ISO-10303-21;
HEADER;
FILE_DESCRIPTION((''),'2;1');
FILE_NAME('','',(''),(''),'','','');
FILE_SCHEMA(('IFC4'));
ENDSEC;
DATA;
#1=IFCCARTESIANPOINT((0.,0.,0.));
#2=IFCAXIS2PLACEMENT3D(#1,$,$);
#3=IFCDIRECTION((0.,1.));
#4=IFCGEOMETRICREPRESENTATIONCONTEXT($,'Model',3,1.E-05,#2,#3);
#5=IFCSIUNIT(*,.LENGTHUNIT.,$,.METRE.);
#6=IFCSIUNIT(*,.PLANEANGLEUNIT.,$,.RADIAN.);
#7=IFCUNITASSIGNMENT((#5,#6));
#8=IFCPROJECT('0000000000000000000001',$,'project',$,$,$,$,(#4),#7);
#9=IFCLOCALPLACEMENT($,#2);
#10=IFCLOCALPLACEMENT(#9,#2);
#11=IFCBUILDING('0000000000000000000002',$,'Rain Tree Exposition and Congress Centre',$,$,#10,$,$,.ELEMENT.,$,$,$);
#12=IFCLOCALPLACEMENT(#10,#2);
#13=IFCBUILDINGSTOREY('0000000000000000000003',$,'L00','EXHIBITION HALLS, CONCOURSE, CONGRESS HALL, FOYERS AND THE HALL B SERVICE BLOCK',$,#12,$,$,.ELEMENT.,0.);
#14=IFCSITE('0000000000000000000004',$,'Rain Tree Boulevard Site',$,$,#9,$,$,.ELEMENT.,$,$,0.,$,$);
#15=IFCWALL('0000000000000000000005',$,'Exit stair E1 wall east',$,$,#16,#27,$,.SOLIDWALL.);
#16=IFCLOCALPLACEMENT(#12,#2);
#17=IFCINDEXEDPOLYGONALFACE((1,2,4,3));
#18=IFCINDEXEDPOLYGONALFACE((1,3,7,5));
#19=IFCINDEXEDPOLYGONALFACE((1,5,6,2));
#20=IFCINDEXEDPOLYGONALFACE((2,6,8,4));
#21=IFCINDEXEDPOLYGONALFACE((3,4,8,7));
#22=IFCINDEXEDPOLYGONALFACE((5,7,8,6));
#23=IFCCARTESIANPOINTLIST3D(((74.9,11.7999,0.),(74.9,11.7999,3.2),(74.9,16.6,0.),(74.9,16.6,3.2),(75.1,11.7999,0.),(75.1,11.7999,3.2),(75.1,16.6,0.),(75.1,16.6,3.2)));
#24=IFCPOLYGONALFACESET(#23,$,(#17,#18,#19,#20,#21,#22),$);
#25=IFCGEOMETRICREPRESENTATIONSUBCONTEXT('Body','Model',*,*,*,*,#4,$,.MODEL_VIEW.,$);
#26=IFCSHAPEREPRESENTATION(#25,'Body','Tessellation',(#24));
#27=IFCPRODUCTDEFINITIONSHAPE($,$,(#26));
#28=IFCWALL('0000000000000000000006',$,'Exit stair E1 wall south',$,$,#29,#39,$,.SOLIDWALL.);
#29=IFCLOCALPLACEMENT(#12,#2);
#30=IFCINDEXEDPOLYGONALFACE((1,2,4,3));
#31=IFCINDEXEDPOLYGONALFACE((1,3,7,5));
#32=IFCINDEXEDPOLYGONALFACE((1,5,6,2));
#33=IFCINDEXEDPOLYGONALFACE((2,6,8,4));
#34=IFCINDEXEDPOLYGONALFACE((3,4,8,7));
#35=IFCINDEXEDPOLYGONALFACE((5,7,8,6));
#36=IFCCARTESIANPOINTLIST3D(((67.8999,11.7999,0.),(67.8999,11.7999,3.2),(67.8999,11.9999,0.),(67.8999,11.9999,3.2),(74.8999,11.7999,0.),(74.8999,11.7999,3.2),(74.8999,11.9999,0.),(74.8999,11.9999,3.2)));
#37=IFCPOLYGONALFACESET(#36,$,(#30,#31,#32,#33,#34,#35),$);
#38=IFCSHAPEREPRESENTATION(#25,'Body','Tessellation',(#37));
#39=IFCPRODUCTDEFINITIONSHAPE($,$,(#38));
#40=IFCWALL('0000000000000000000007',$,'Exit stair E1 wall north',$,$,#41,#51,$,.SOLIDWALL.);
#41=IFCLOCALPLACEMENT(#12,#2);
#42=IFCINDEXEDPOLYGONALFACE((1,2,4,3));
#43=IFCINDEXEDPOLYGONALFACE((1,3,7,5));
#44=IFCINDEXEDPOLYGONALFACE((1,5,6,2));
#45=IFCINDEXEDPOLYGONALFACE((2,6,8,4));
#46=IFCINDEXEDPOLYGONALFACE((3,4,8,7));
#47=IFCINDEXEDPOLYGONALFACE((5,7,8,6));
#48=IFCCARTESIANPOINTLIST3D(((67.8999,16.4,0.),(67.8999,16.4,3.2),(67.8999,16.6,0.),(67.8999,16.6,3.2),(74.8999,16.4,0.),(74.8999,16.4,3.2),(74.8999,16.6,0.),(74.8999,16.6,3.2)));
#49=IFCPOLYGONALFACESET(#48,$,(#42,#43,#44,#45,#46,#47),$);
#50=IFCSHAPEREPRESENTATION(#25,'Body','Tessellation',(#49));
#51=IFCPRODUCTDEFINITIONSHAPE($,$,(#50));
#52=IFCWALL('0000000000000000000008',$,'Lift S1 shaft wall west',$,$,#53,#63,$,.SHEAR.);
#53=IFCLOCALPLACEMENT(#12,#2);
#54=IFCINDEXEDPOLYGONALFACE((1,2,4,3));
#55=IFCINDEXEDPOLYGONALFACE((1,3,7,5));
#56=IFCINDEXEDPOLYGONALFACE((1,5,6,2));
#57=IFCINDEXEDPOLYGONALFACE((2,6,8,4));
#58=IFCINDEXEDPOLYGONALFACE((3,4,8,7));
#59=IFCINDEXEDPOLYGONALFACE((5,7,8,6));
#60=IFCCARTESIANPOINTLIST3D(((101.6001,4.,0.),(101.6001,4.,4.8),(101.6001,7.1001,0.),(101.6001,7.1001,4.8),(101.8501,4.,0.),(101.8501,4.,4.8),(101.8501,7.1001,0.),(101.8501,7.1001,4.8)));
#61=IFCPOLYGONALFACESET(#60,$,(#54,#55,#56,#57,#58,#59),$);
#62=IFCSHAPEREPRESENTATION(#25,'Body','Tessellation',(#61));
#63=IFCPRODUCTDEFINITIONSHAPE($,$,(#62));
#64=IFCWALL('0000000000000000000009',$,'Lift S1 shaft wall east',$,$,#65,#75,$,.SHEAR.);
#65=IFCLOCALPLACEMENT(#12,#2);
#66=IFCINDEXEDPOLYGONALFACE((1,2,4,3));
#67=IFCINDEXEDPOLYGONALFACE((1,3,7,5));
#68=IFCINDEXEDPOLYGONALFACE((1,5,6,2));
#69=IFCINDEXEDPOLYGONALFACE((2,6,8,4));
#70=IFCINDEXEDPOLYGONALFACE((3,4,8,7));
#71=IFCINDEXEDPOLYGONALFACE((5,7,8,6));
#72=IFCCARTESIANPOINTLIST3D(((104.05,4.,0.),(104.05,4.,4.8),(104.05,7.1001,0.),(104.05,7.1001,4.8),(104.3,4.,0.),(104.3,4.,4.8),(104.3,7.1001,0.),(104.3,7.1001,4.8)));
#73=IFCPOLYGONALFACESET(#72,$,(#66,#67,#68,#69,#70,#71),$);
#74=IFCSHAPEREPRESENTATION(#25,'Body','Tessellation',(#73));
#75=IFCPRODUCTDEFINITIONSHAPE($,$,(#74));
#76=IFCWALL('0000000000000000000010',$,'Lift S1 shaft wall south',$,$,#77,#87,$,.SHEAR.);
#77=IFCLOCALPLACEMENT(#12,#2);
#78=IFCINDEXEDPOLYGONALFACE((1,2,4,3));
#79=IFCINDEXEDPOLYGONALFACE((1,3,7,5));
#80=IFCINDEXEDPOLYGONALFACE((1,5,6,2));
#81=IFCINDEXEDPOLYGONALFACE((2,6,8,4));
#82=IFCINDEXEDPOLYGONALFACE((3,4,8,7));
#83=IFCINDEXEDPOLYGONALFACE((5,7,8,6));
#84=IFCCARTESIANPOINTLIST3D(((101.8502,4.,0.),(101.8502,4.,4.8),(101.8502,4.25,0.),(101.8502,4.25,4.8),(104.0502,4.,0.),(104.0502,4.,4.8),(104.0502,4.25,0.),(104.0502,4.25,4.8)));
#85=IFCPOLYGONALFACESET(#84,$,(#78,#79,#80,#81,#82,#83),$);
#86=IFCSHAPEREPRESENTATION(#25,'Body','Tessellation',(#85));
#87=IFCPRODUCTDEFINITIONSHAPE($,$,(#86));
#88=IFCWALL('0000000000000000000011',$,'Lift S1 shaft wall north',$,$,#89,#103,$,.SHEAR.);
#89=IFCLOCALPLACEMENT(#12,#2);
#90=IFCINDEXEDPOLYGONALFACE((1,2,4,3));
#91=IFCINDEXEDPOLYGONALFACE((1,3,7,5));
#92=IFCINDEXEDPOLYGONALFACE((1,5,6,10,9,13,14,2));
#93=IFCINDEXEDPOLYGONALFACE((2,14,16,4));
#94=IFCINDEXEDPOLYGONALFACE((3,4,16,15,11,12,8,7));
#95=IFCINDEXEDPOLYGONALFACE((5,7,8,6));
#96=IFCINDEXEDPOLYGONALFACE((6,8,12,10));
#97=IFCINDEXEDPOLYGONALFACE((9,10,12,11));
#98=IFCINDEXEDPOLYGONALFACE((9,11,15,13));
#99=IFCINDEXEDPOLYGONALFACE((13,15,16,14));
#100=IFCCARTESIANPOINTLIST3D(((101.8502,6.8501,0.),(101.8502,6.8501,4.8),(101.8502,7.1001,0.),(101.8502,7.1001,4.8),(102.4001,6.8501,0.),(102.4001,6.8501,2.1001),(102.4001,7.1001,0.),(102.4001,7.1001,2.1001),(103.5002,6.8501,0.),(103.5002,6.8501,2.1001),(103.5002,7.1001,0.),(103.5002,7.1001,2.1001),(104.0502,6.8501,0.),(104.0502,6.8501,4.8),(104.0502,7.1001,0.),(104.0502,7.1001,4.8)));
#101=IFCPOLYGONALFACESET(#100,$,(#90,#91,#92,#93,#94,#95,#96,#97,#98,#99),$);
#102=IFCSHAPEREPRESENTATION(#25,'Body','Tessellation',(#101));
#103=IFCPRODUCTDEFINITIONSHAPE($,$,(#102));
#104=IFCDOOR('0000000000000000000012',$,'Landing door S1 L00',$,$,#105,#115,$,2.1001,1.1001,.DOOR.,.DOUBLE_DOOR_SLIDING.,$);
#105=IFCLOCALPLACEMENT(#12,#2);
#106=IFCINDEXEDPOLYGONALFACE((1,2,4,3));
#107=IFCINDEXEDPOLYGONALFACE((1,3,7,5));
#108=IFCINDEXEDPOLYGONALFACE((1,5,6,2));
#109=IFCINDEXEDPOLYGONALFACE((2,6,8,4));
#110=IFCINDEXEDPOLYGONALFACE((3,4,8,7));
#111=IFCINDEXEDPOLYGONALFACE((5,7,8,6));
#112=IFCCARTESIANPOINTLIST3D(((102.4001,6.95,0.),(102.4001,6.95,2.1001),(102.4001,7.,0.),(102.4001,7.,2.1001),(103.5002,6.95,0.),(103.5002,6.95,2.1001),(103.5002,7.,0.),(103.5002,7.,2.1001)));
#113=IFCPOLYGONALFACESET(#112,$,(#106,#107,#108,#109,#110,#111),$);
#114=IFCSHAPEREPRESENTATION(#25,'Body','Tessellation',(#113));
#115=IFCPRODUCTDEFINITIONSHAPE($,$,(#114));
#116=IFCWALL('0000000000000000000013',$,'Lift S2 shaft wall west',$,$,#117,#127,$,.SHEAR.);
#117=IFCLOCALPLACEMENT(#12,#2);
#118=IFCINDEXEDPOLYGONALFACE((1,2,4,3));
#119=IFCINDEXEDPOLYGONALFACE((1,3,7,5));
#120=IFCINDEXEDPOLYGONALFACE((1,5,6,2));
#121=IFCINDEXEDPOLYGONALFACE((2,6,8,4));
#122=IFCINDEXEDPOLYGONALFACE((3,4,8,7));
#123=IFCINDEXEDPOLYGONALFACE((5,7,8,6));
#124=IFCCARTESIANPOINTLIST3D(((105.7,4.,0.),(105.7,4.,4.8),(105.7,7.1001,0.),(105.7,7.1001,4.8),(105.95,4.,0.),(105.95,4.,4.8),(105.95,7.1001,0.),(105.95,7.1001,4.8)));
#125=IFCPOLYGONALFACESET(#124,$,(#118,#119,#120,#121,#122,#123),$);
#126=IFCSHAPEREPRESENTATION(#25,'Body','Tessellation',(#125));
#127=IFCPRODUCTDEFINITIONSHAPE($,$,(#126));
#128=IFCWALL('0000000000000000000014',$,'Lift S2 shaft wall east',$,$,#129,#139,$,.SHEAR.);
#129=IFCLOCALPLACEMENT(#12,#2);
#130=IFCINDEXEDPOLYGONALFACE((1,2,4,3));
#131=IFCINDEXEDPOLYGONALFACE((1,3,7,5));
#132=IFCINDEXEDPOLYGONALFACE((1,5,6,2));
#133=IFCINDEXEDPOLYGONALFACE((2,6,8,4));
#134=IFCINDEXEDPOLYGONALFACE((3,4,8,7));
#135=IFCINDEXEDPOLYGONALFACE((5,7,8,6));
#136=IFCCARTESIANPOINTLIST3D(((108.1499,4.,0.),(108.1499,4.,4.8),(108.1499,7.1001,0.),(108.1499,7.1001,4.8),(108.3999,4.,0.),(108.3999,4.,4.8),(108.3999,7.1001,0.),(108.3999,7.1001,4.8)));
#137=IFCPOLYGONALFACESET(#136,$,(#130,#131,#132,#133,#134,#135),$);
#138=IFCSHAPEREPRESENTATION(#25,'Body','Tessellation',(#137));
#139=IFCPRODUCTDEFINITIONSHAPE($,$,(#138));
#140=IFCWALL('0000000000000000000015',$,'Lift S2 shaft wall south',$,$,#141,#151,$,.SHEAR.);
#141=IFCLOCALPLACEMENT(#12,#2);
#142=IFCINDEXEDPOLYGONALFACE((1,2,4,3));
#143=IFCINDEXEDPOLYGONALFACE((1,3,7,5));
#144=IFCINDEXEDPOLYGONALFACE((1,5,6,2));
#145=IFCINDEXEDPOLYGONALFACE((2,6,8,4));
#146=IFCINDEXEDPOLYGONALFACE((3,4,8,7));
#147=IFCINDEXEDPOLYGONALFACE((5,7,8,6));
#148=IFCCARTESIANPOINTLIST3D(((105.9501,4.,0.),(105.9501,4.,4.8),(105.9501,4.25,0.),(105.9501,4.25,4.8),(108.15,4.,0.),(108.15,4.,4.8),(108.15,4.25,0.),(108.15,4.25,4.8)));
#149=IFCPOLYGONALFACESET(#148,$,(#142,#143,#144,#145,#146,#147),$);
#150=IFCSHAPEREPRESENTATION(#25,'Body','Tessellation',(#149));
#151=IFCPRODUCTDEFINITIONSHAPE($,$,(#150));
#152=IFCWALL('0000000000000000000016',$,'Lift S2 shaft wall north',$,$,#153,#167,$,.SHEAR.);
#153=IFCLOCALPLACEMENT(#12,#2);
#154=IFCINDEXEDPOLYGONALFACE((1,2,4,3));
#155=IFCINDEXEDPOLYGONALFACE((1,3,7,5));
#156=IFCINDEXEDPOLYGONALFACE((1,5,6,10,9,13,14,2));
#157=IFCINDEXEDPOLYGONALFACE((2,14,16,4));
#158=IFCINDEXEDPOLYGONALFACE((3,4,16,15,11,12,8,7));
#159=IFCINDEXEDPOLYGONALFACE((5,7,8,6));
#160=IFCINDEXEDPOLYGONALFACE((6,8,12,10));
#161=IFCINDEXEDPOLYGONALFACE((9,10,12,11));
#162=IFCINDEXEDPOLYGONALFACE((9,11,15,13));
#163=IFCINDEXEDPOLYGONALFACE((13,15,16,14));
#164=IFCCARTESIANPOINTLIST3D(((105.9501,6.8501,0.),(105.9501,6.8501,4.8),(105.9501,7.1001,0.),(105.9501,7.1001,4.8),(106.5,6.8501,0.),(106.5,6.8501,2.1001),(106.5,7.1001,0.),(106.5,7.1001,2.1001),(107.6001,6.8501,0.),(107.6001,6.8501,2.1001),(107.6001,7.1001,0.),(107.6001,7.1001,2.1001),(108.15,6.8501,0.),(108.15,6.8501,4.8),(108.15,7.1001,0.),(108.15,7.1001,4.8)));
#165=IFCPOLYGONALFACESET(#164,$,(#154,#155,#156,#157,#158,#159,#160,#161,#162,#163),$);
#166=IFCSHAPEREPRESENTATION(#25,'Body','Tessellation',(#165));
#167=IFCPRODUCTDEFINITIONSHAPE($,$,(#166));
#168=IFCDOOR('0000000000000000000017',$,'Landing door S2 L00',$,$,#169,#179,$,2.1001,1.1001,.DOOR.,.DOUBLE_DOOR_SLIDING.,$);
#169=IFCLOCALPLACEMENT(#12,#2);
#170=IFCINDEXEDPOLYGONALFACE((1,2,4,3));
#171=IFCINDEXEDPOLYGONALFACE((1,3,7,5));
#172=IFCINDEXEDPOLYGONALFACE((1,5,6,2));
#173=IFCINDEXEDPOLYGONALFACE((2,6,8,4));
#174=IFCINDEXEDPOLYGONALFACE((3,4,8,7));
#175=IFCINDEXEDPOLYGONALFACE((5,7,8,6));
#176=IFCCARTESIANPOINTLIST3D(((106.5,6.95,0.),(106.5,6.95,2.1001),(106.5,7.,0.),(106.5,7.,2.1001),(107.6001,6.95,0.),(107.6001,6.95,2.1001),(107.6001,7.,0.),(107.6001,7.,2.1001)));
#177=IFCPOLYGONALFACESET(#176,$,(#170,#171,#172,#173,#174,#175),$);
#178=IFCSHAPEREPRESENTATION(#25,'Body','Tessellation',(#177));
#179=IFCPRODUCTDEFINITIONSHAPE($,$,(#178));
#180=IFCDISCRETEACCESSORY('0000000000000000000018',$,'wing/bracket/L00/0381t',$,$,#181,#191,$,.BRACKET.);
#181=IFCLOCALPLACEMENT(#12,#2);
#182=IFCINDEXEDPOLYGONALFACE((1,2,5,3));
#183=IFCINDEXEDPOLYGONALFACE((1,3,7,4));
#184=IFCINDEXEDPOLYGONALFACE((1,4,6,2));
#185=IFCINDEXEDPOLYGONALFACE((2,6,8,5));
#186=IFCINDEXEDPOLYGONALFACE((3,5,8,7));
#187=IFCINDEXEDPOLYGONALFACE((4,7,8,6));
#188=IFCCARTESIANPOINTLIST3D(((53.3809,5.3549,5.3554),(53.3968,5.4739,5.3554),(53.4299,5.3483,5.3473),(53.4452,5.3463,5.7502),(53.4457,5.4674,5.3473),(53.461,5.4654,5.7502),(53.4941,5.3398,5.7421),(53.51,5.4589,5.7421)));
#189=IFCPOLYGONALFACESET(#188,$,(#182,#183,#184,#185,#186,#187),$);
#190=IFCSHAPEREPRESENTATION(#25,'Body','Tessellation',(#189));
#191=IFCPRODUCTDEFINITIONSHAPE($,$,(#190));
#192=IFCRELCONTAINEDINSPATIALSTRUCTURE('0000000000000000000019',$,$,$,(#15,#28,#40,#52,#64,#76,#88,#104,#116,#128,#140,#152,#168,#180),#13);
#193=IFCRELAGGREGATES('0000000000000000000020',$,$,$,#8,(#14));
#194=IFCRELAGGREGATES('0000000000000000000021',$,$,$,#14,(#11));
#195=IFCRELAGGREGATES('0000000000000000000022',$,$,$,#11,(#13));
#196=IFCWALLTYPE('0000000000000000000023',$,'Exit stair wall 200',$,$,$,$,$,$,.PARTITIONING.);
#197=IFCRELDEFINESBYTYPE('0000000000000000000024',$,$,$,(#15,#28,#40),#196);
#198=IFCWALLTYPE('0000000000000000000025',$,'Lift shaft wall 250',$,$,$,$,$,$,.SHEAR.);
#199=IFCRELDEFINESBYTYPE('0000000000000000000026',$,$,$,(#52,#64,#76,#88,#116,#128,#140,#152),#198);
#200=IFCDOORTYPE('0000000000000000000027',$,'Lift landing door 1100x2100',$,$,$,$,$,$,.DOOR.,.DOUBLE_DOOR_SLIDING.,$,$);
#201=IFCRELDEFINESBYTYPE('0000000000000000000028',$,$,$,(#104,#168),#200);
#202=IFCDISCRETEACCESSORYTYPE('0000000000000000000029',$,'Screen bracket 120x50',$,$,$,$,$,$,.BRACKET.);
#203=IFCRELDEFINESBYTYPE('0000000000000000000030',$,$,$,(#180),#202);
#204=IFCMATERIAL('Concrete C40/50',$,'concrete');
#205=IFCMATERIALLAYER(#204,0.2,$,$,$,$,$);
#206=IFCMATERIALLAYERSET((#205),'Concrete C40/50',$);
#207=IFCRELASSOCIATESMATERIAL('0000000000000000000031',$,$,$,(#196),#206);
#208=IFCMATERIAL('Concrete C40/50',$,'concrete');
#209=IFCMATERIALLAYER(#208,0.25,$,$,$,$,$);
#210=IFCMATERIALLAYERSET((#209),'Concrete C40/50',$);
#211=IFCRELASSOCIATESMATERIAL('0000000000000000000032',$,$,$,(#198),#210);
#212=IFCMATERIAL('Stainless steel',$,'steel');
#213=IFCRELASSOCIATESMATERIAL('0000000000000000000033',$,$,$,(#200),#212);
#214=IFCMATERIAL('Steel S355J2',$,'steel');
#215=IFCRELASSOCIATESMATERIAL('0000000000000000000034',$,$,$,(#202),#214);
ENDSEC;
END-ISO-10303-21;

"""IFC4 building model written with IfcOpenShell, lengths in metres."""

from ifc_helpers import new_model, si_unit, direction, frame, frame_2d, origin, origin_2d, place, context, subcontext, project, spatial, rectangle, extrude, material, layer, layer_set, material_profile, profile_set, type_object, element, fill, save


model = new_model("IFC4")

# Units and contexts
model_context = context("Model", 3, precision=1e-05, world=origin(), true_north=direction((0.0, 1.0)))
body_context = subcontext(model_context, "Body", "Model", "MODEL_VIEW")
ifc_project = project(units=[si_unit("LENGTHUNIT", "METRE"), si_unit("PLANEANGLEUNIT", "RADIAN")], contexts=[model_context])

# Site, building, storey
site_placement = place(None, origin())
site = spatial("IfcSite", under=ifc_project, at=site_placement, Name="Rain Tree Boulevard Site", CompositionType="ELEMENT", RefElevation=0.0)
building_placement = place(site_placement, origin())
building = spatial("IfcBuilding", under=site, at=building_placement, Name="Rain Tree Exposition and Congress Centre", CompositionType="ELEMENT")
storey_placement = place(building_placement, origin())
storey = spatial("IfcBuildingStorey", under=building, at=storey_placement, Name="L00", Description="EXHIBITION HALLS, CONCOURSE, CONGRESS HALL, FOYERS AND THE HALL B SERVICE BLOCK", CompositionType="ELEMENT", Elevation=0.0)

# Shared definitions
ifc_material_1 = material(Name="Concrete C40/50", Category="concrete")
ifc_layer_1 = layer(ifc_material_1, 0.2)
ifc_layer_set_1 = layer_set([ifc_layer_1], Name="Concrete C40/50")
wall_type_1 = type_object("IfcWallType", Name="Exit stair wall 200", PredefinedType="PARTITIONING", material=ifc_layer_set_1)

# Walls
wall_1_placement = place(storey_placement, frame((75.0, 11.8, 0.0), z_axis=(0.0, 0.0, 1.0), x_axis=(0.0, 1.0, 0.0)))
element("IfcWall", 1, at=wall_1_placement, inside=storey, type_object=wall_type_1, Name="Exit stair E1 wall east", PredefinedType="SOLIDWALL", context=body_context, shape_type="SweptSolid", body=[
    extrude(rectangle(XDim=4.8, YDim=0.2, at=frame_2d((2.3999, 0.0))), origin(), (0.0, 0.0, 1.0), 3.2),
])
for number, where, z_axis, x_axis, name in (
    (2, (67.8999, 11.8999, 0.0), (0.0, 0.0, 1.0), (1.0, 0.0, 0.0), "Exit stair E1 wall south"),
    (3, (67.8999, 16.5, 0.0), (0.0, 0.0, 1.0), (1.0, 0.0, 0.0), "Exit stair E1 wall north"),
):
    element("IfcWall", number, at=place(storey_placement, frame(where, z_axis=z_axis, x_axis=x_axis)), inside=storey, type_object=wall_type_1, Name=name, PredefinedType="SOLIDWALL", context=body_context, shape_type="SweptSolid", body=[
        extrude(rectangle(XDim=7.0, YDim=0.2, at=frame_2d((3.5, 0.0))), origin(), (0.0, 0.0, 1.0), 3.2),
    ])

# Walls
ifc_material_2 = material(Name="Concrete C40/50", Category="concrete")
ifc_layer_2 = layer(ifc_material_2, 0.25)
ifc_layer_set_2 = layer_set([ifc_layer_2], Name="Concrete C40/50")
wall_type_2 = type_object("IfcWallType", Name="Lift shaft wall 250", PredefinedType="SHEAR", material=ifc_layer_set_2)
for number, where, z_axis, x_axis, name in (
    (4, (101.7251, 4.0, 0.0), (0.0, 0.0, 1.0), (0.0, 1.0, 0.0), "Lift S1 shaft wall west"),
    (5, (104.175, 4.0, 0.0), (0.0, 0.0, 1.0), (0.0, 1.0, 0.0), "Lift S1 shaft wall east"),
):
    element("IfcWall", number, at=place(storey_placement, frame(where, z_axis=z_axis, x_axis=x_axis)), inside=storey, type_object=wall_type_2, Name=name, PredefinedType="SHEAR", context=body_context, shape_type="SweptSolid", body=[
        extrude(rectangle(XDim=3.1001, YDim=0.25, at=frame_2d((1.55, 0.0))), origin(), (0.0, 0.0, 1.0), 4.8),
    ])
wall_2_placement = place(storey_placement, frame((101.8501, 4.125, 0.0), z_axis=(0.0, 0.0, 1.0), x_axis=(1.0, 0.0, 0.0)))
element("IfcWall", 6, at=wall_2_placement, inside=storey, type_object=wall_type_2, Name="Lift S1 shaft wall south", PredefinedType="SHEAR", context=body_context, shape_type="SweptSolid", body=[
    extrude(rectangle(XDim=2.2, YDim=0.25, at=frame_2d((1.1001, 0.0))), origin(), (0.0, 0.0, 1.0), 4.8),
])

# Wall, opening, door
wall_3_placement = place(storey_placement, frame((101.8501, 6.9751, 0.0), z_axis=(0.0, 0.0, 1.0), x_axis=(1.0, 0.0, 0.0)))
wall_3 = element("IfcWall", 7, at=wall_3_placement, inside=storey, type_object=wall_type_2, Name="Lift S1 shaft wall north", PredefinedType="SHEAR", context=body_context, shape_type="SweptSolid", body=[
    extrude(rectangle(XDim=2.2, YDim=0.25, at=frame_2d((1.1001, 0.0))), origin(), (0.0, 0.0, 1.0), 4.8),
])
opening_1_placement = place(wall_3_placement, frame((0.55, 0.0, 0.0)))
opening_1 = element("IfcOpeningElement", 8, at=opening_1_placement, cuts=wall_3, PredefinedType="OPENING", context=body_context, shape_type="SweptSolid", body=[
    extrude(rectangle(XDim=1.1001, YDim=2.1001, at=frame_2d((0.55, 1.05))), frame((0.0, 0.125, 0.0), z_axis=(0.0, -1.0, 0.0), x_axis=(1.0, 0.0, 0.0)), (0.0, 0.0, 1.0), 0.25),
])
ifc_material_3 = material(Name="Stainless steel", Category="steel")
door_type_1 = type_object("IfcDoorType", Name="Lift landing door 1100x2100", OperationType="DOUBLE_DOOR_SLIDING", PredefinedType="DOOR", material=ifc_material_3)
door_1_placement = place(opening_1_placement, origin())
door_1 = element("IfcDoor", 9, at=door_1_placement, inside=storey, type_object=door_type_1, Name="Landing door S1 L00", OperationType="DOUBLE_DOOR_SLIDING", OverallHeight=2.1001, OverallWidth=1.1001, PredefinedType="DOOR", context=body_context, shape_type="SweptSolid", body=[
    extrude(rectangle(XDim=1.1001, YDim=2.1001, at=frame_2d((0.55, 1.05))), frame((0.0, 0.0249, 0.0), z_axis=(0.0, -1.0, 0.0), x_axis=(1.0, 0.0, 0.0)), (0.0, 0.0, 1.0), 0.05),
])
fill(opening_1, door_1)

# Walls
for number, where, z_axis, x_axis, name in (
    (10, (105.825, 4.0, 0.0), (0.0, 0.0, 1.0), (0.0, 1.0, 0.0), "Lift S2 shaft wall west"),
    (11, (108.2749, 4.0, 0.0), (0.0, 0.0, 1.0), (0.0, 1.0, 0.0), "Lift S2 shaft wall east"),
):
    element("IfcWall", number, at=place(storey_placement, frame(where, z_axis=z_axis, x_axis=x_axis)), inside=storey, type_object=wall_type_2, Name=name, PredefinedType="SHEAR", context=body_context, shape_type="SweptSolid", body=[
        extrude(rectangle(XDim=3.1001, YDim=0.25, at=frame_2d((1.55, 0.0))), origin(), (0.0, 0.0, 1.0), 4.8),
    ])
wall_4_placement = place(storey_placement, frame((105.95, 4.125, 0.0), z_axis=(0.0, 0.0, 1.0), x_axis=(1.0, 0.0, 0.0)))
element("IfcWall", 12, at=wall_4_placement, inside=storey, type_object=wall_type_2, Name="Lift S2 shaft wall south", PredefinedType="SHEAR", context=body_context, shape_type="SweptSolid", body=[
    extrude(rectangle(XDim=2.2, YDim=0.25, at=frame_2d((1.1001, 0.0))), origin(), (0.0, 0.0, 1.0), 4.8),
])

# Wall, opening, door
wall_5_placement = place(storey_placement, frame((105.95, 6.9751, 0.0), z_axis=(0.0, 0.0, 1.0), x_axis=(1.0, 0.0, 0.0)))
wall_5 = element("IfcWall", 13, at=wall_5_placement, inside=storey, type_object=wall_type_2, Name="Lift S2 shaft wall north", PredefinedType="SHEAR", context=body_context, shape_type="SweptSolid", body=[
    extrude(rectangle(XDim=2.2, YDim=0.25, at=frame_2d((1.1001, 0.0))), origin(), (0.0, 0.0, 1.0), 4.8),
])
opening_2_placement = place(wall_5_placement, frame((0.55, 0.0, 0.0)))
opening_2 = element("IfcOpeningElement", 14, at=opening_2_placement, cuts=wall_5, PredefinedType="OPENING", context=body_context, shape_type="SweptSolid", body=[
    extrude(rectangle(XDim=1.1001, YDim=2.1001, at=frame_2d((0.55, 1.05))), frame((0.0, 0.125, 0.0), z_axis=(0.0, -1.0, 0.0), x_axis=(1.0, 0.0, 0.0)), (0.0, 0.0, 1.0), 0.25),
])
door_2_placement = place(opening_2_placement, origin())
door_2 = element("IfcDoor", 15, at=door_2_placement, inside=storey, type_object=door_type_1, Name="Landing door S2 L00", OperationType="DOUBLE_DOOR_SLIDING", OverallHeight=2.1001, OverallWidth=1.1001, PredefinedType="DOOR", context=body_context, shape_type="SweptSolid", body=[
    extrude(rectangle(XDim=1.1001, YDim=2.1001, at=frame_2d((0.55, 1.05))), frame((0.0, 0.0249, 0.0), z_axis=(0.0, -1.0, 0.0), x_axis=(1.0, 0.0, 0.0)), (0.0, 0.0, 1.0), 0.05),
])
fill(opening_2, door_2)

# Discrete accessory
ifc_material_4 = material(Name="Steel S355J2", Category="steel")
ifc_material_profile = material_profile(ifc_material_4, rectangle(XDim=0.1201, YDim=0.05, at=origin_2d()), Name="Flat bar 120x50")
ifc_profile_set = profile_set([ifc_material_profile], Name="Steel S355J2")
discrete_accessory_type = type_object("IfcDiscreteAccessoryType", Name="Screen bracket 120x50", PredefinedType="BRACKET", material=ifc_profile_set)
for number, where, z_axis, x_axis, name in (
    (16, (53.4133, 5.4111, 5.3513), (0.160501, -0.021359, 0.986805), (0.131917, 0.991261, 0.0), "wing/bracket/L00/0381t"),
):
    element("IfcDiscreteAccessory", number, at=place(storey_placement, frame(where, z_axis=z_axis, x_axis=x_axis)), inside=storey, type_object=discrete_accessory_type, Name=name, PredefinedType="BRACKET", context=body_context, shape_type="SweptSolid", body=[
        extrude(rectangle(XDim=0.1201, YDim=0.05, at=origin_2d()), origin(), (0.0, 0.0, 1.0), 0.4001),
    ])

save(model, "model.ifc")
